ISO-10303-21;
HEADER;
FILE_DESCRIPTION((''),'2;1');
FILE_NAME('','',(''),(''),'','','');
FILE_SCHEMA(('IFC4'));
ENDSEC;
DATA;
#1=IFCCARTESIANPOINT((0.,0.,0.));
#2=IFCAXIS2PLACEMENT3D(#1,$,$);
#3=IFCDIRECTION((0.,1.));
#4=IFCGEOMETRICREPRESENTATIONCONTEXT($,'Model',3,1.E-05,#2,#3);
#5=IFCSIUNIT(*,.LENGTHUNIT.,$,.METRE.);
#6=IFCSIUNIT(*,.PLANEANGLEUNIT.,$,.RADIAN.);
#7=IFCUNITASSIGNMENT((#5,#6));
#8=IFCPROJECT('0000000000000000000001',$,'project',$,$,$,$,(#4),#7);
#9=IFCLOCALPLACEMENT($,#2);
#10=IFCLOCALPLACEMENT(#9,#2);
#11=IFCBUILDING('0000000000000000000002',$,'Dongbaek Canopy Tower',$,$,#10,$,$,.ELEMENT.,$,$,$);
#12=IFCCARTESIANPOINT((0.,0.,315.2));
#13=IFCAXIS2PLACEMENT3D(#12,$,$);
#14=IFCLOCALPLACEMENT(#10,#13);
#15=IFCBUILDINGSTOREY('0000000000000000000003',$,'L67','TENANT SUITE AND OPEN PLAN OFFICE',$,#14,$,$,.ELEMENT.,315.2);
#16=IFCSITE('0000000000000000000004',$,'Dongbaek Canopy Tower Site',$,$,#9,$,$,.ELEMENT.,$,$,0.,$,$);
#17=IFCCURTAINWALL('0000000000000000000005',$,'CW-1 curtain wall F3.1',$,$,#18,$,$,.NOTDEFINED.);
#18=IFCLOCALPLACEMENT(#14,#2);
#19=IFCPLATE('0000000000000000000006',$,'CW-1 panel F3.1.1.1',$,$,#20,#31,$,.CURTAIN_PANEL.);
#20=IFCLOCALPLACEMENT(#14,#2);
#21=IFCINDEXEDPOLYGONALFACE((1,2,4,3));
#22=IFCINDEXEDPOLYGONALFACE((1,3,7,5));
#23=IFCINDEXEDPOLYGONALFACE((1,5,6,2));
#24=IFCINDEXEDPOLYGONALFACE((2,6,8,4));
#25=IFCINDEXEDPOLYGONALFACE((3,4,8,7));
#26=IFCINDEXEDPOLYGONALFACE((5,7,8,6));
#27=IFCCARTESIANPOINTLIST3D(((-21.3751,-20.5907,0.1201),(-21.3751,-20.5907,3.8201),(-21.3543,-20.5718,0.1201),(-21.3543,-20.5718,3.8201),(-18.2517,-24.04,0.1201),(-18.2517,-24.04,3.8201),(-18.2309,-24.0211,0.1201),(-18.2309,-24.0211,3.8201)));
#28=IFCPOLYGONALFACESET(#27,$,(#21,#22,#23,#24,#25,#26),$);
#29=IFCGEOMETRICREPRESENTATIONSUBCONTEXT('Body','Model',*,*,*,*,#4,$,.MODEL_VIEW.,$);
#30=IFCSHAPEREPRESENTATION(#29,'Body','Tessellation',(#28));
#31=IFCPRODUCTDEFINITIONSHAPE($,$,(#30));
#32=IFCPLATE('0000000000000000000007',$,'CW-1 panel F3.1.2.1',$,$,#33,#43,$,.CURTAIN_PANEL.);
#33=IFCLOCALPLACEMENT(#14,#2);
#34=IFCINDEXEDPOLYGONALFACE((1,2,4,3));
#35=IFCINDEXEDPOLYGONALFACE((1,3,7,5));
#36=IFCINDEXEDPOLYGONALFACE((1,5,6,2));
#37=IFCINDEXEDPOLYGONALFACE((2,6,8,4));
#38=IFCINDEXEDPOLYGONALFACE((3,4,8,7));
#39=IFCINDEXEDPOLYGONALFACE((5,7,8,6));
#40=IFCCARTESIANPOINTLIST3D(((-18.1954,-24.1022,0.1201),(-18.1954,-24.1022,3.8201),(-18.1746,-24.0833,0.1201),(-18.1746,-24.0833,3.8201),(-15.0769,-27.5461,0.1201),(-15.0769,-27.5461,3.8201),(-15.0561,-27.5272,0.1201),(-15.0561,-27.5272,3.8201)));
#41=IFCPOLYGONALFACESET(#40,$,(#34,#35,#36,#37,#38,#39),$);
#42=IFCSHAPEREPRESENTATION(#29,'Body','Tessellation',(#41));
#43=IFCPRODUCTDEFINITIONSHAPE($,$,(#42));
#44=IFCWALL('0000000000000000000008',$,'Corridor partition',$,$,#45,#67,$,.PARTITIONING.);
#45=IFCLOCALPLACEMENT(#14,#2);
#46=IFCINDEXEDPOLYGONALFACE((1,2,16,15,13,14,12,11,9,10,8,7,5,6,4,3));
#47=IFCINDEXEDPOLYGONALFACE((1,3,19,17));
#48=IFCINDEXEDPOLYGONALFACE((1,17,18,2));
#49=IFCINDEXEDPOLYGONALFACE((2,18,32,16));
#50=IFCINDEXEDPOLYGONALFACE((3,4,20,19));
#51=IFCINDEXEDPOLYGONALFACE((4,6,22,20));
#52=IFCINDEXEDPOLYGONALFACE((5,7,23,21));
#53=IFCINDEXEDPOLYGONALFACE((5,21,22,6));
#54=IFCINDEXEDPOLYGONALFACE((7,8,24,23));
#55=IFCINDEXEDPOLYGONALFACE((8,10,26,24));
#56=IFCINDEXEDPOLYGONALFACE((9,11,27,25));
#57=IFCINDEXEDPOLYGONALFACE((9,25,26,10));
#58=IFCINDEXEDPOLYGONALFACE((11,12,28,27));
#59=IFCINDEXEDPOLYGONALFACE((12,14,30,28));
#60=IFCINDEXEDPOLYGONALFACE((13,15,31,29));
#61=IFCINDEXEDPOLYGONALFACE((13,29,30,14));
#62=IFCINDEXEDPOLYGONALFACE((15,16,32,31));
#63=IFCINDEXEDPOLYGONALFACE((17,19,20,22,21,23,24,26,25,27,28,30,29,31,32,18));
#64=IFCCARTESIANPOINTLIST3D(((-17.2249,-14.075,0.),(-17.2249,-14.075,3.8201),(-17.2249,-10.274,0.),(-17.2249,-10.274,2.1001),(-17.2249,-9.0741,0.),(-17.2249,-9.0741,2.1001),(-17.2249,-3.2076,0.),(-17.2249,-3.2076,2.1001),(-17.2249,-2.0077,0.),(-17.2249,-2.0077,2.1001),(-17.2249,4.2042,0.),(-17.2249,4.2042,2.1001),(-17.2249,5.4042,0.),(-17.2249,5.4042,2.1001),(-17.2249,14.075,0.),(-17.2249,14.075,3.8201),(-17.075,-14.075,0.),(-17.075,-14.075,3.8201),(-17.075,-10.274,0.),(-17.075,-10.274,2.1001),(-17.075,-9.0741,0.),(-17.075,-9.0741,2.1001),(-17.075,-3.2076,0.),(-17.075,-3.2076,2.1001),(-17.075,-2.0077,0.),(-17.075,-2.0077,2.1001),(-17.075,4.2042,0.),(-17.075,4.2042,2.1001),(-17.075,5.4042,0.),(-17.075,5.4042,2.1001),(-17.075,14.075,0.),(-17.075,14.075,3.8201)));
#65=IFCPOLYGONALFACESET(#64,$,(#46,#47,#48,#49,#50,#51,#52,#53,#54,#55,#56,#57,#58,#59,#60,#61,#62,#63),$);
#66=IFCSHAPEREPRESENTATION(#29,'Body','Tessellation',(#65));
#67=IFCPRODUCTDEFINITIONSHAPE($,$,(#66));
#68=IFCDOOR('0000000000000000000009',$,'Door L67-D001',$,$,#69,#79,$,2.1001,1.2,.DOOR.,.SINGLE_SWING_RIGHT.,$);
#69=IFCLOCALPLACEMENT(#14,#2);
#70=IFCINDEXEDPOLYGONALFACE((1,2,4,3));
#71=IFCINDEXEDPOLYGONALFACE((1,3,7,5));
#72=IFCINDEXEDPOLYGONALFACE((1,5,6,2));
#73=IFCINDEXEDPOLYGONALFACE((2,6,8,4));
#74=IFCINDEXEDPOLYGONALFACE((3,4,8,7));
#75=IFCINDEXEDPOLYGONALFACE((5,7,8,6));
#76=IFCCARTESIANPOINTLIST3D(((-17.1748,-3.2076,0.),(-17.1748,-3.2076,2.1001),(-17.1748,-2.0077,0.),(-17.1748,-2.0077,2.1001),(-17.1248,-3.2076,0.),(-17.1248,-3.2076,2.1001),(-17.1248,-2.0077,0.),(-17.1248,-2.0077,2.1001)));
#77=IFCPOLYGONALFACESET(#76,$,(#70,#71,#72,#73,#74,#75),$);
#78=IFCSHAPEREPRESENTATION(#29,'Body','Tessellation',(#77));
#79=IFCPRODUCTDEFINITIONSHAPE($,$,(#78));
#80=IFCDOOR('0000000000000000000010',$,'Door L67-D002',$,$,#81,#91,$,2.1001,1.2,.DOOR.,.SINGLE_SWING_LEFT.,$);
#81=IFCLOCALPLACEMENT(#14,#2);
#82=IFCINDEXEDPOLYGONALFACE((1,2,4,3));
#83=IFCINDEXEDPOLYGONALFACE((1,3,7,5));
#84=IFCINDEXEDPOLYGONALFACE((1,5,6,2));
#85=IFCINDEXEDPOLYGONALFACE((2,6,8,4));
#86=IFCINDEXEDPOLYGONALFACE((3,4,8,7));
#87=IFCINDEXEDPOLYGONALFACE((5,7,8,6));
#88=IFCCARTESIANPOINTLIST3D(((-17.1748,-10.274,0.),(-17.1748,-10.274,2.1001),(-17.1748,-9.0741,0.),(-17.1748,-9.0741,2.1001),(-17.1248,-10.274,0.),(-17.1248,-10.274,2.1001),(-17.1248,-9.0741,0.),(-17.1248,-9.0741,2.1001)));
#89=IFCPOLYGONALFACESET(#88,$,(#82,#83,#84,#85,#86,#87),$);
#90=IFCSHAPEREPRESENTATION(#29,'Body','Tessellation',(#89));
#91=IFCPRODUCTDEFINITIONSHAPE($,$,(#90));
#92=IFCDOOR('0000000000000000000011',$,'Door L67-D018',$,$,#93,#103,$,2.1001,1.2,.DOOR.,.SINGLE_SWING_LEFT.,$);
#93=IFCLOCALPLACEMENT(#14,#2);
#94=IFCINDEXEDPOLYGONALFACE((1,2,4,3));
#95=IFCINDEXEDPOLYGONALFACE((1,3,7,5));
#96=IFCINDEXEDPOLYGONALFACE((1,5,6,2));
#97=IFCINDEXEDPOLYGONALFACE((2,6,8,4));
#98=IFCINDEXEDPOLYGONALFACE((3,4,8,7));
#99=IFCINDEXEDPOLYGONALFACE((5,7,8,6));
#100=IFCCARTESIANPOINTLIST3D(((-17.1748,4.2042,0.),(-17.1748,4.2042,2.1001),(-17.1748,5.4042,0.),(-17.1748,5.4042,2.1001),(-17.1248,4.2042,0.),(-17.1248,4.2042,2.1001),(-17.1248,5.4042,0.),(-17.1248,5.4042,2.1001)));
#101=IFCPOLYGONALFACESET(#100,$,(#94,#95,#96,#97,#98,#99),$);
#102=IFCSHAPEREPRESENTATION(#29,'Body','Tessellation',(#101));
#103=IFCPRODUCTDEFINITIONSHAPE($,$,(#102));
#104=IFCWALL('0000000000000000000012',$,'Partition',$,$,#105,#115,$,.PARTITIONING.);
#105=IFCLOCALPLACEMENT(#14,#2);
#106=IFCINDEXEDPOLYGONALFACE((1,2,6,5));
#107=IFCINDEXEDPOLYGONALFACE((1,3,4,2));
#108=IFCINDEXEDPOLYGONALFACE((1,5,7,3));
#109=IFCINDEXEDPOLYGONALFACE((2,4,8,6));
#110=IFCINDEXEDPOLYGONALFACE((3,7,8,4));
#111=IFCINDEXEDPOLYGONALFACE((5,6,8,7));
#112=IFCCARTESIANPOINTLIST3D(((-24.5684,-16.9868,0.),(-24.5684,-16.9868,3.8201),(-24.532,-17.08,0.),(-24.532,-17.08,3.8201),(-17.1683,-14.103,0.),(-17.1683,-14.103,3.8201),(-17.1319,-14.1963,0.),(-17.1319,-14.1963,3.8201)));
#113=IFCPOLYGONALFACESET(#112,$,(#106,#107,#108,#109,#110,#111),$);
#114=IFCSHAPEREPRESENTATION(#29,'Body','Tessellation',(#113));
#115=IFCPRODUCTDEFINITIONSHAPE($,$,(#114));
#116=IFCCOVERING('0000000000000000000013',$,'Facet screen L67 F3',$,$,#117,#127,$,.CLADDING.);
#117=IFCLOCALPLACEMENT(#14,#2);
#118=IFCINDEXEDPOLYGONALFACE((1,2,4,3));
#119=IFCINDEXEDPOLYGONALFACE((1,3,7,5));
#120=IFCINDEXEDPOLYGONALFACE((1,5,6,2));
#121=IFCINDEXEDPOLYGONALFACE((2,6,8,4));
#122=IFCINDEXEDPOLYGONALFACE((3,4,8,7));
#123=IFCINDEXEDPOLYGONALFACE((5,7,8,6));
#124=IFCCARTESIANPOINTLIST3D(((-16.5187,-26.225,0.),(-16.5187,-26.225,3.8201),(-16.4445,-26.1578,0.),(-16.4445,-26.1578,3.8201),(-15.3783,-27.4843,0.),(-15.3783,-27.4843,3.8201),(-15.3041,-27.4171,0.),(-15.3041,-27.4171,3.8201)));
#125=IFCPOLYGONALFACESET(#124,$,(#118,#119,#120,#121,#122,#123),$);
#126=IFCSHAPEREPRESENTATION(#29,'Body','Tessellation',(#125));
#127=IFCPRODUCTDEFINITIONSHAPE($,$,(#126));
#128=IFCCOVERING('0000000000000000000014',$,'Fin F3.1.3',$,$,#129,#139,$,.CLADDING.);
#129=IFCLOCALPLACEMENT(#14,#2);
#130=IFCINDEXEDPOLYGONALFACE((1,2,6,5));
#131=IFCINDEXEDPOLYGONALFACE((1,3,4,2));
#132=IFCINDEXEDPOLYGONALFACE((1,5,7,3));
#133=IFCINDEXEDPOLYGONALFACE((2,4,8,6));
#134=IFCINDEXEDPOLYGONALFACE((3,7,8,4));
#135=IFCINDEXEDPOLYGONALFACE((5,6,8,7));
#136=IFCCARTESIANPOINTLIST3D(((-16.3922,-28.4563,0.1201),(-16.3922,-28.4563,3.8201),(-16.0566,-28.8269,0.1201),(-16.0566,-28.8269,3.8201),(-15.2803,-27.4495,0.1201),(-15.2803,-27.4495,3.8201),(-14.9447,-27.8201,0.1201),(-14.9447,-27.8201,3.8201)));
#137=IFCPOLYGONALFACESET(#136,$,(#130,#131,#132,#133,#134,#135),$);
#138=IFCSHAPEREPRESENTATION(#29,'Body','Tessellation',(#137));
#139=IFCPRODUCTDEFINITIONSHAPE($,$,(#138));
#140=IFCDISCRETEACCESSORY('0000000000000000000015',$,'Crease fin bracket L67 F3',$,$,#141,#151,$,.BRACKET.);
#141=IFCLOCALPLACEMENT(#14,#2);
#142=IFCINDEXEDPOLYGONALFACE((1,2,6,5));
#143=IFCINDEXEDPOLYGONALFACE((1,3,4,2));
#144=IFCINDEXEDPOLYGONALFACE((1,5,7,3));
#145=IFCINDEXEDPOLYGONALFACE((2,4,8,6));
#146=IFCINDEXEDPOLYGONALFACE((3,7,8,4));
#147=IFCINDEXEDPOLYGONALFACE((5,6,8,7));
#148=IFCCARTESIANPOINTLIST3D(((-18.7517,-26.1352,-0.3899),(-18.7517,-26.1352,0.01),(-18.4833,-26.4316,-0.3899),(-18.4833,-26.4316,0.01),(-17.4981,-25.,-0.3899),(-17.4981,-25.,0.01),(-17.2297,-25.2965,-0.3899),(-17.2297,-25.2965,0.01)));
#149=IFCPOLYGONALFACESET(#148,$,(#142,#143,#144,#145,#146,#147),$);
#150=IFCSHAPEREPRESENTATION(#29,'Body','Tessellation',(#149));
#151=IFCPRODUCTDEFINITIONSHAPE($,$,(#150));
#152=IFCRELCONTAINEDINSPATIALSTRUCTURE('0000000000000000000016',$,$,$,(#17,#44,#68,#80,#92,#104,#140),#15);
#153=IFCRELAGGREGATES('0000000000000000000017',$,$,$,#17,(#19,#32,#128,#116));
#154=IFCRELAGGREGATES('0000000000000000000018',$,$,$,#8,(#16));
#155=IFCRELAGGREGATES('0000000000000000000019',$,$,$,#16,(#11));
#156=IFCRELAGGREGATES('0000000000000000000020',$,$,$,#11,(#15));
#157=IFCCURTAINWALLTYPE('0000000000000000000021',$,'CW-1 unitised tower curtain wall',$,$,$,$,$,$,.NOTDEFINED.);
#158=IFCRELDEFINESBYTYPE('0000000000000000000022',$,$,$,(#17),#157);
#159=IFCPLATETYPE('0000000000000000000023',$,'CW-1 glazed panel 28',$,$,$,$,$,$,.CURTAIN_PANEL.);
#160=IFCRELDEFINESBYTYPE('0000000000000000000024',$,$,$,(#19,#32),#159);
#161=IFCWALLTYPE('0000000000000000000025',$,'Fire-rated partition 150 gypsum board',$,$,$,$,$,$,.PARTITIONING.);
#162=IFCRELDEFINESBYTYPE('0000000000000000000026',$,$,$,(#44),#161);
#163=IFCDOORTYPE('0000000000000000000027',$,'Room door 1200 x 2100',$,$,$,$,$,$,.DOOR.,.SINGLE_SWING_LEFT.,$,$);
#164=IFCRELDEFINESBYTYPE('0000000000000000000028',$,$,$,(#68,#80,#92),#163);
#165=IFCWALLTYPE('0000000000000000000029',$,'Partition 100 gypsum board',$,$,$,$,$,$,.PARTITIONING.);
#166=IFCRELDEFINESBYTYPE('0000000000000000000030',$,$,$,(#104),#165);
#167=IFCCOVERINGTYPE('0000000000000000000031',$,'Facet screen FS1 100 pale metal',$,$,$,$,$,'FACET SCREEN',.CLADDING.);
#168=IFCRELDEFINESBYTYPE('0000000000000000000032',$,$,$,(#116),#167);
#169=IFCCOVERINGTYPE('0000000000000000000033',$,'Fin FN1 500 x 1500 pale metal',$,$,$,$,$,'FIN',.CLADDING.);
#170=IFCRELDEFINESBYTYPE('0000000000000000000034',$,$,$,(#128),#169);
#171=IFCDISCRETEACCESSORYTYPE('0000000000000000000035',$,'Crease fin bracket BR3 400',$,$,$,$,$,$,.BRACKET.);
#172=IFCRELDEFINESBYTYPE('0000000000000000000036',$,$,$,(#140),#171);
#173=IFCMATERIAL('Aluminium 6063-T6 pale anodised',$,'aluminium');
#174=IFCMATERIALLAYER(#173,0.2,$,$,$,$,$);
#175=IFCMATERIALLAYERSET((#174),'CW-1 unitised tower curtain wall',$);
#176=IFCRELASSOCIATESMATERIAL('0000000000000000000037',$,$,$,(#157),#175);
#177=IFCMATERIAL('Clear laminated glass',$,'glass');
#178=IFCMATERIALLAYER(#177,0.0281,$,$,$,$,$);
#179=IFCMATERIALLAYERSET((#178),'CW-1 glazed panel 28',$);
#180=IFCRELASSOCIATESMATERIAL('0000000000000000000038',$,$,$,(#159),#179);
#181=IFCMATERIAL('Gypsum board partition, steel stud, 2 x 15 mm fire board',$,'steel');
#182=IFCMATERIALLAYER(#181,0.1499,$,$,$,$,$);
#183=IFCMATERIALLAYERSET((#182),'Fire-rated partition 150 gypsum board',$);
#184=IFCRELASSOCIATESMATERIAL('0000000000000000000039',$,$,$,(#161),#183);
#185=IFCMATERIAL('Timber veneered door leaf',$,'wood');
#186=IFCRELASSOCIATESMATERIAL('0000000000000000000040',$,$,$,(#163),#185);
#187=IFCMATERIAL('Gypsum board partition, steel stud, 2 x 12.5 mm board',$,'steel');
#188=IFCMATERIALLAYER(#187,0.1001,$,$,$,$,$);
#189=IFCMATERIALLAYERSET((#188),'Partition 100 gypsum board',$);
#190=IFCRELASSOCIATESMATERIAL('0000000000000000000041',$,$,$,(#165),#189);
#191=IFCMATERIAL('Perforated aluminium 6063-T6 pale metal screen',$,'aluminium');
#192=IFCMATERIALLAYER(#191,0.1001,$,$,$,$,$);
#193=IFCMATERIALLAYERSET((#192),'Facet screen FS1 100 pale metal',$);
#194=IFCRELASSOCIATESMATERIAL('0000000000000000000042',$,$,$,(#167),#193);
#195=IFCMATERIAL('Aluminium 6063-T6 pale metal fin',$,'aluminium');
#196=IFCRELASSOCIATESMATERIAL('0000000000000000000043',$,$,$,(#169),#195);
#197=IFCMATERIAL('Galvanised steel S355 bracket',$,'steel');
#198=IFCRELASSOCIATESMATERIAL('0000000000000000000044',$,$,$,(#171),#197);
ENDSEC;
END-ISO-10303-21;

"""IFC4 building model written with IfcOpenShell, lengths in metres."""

from ifc_helpers import new_model, si_unit, direction, frame, frame_2d, origin, origin_2d, place, context, subcontext, project, spatial, rectangle, extrude, material, layer, layer_set, material_profile, profile_set, type_object, element, fill, aggregate, save


model = new_model("IFC4")

# Units and contexts
model_context = context("Model", 3, precision=1e-05, world=origin(), true_north=direction((0.0, 1.0)))
body_context = subcontext(model_context, "Body", "Model", "MODEL_VIEW")
ifc_project = project(units=[si_unit("LENGTHUNIT", "METRE"), si_unit("PLANEANGLEUNIT", "RADIAN")], contexts=[model_context])

# Site, building, storey
site_placement = place(None, origin())
site = spatial("IfcSite", under=ifc_project, at=site_placement, Name="Dongbaek Canopy Tower Site", CompositionType="ELEMENT", RefElevation=0.0)
building_placement = place(site_placement, origin())
building = spatial("IfcBuilding", under=site, at=building_placement, Name="Dongbaek Canopy Tower", CompositionType="ELEMENT")
storey_placement = place(building_placement, frame((0.0, 0.0, 315.2)))
storey = spatial("IfcBuildingStorey", under=building, at=storey_placement, Name="L67", Description="TENANT SUITE AND OPEN PLAN OFFICE", CompositionType="ELEMENT", Elevation=315.2)

# Curtain wall
ifc_material_1 = material(Name="Aluminium 6063-T6 pale anodised", Category="aluminium")
ifc_layer_1 = layer(ifc_material_1, 0.2)
ifc_layer_set_1 = layer_set([ifc_layer_1], Name="CW-1 unitised tower curtain wall")
curtain_wall_type = type_object("IfcCurtainWallType", Name="CW-1 unitised tower curtain wall", PredefinedType="NOTDEFINED", material=ifc_layer_set_1)
curtain_wall_placement = place(storey_placement, origin())
curtain_wall = element("IfcCurtainWall", 1, at=curtain_wall_placement, inside=storey, type_object=curtain_wall_type, Name="CW-1 curtain wall F3.1", PredefinedType="NOTDEFINED")

# Plates
ifc_material_2 = material(Name="Clear laminated glass", Category="glass")
ifc_layer_2 = layer(ifc_material_2, 0.0281)
ifc_layer_set_2 = layer_set([ifc_layer_2], Name="CW-1 glazed panel 28")
plate_type = type_object("IfcPlateType", Name="CW-1 glazed panel 28", PredefinedType="CURTAIN_PANEL", material=ifc_layer_set_2)
plate_1_placement = place(storey_placement, frame((-19.803, -22.3059, 0.1201), z_axis=(0.0, 0.0, 1.0), x_axis=(0.671225, -0.741254, 0.0)))
plate_1 = element("IfcPlate", 2, at=plate_1_placement, type_object=plate_type, Name="CW-1 panel F3.1.1.1", PredefinedType="CURTAIN_PANEL", context=body_context, shape_type="SweptSolid", body=[
    extrude(rectangle(XDim=4.6533, YDim=0.0281, at=origin_2d()), origin(), (0.0, 0.0, 1.0), 3.7),
])
plate_2_placement = place(storey_placement, frame((-16.6257, -25.8147, 0.1201), z_axis=(0.0, 0.0, 1.0), x_axis=(0.671225, -0.741254, 0.0)))
plate_2 = element("IfcPlate", 3, at=plate_2_placement, type_object=plate_type, Name="CW-1 panel F3.1.2.1", PredefinedType="CURTAIN_PANEL", context=body_context, shape_type="SweptSolid", body=[
    extrude(rectangle(XDim=4.646, YDim=0.0281, at=origin_2d()), origin(), (0.0, 0.0, 1.0), 3.7),
])

# Wall, openings, doors
ifc_material_3 = material(Name="Gypsum board partition, steel stud, 2 x 15 mm fire board", Category="steel")
ifc_layer_3 = layer(ifc_material_3, 0.1499)
ifc_layer_set_3 = layer_set([ifc_layer_3], Name="Fire-rated partition 150 gypsum board")
wall_type_1 = type_object("IfcWallType", Name="Fire-rated partition 150 gypsum board", PredefinedType="PARTITIONING", material=ifc_layer_set_3)
wall_1_placement = place(storey_placement, frame((-17.1499, -14.075, 0.0), z_axis=(0.0, 0.0, 1.0), x_axis=(0.0, 1.0, 0.0)))
wall_1 = element("IfcWall", 4, at=wall_1_placement, inside=storey, type_object=wall_type_1, Name="Corridor partition", PredefinedType="PARTITIONING", context=body_context, shape_type="SweptSolid", body=[
    extrude(rectangle(XDim=28.1499, YDim=0.1499, at=frame_2d((14.075, 0.0))), origin(), (0.0, 0.0, 1.0), 3.8201),
])
opening_1_placement = place(wall_1_placement, frame((10.8672, 0.0, 0.0)))
opening_1 = element("IfcOpeningElement", 5, at=opening_1_placement, cuts=wall_1, PredefinedType="OPENING", context=body_context, shape_type="SweptSolid", body=[
    extrude(rectangle(XDim=1.2, YDim=2.1001, at=frame_2d((0.6001, 1.05))), frame((0.0, 0.085, 0.0), z_axis=(0.0, -1.0, 0.0), x_axis=(1.0, 0.0, 0.0)), (0.0, 0.0, 1.0), 0.1699),
])
opening_2_placement = place(wall_1_placement, frame((3.8008, 0.0, 0.0)))
opening_2 = element("IfcOpeningElement", 6, at=opening_2_placement, cuts=wall_1, PredefinedType="OPENING", context=body_context, shape_type="SweptSolid", body=[
    extrude(rectangle(XDim=1.2, YDim=2.1001, at=frame_2d((0.6001, 1.05))), frame((0.0, 0.085, 0.0), z_axis=(0.0, -1.0, 0.0), x_axis=(1.0, 0.0, 0.0)), (0.0, 0.0, 1.0), 0.1699),
])
opening_3_placement = place(wall_1_placement, frame((18.2791, 0.0, 0.0)))
opening_3 = element("IfcOpeningElement", 7, at=opening_3_placement, cuts=wall_1, PredefinedType="OPENING", context=body_context, shape_type="SweptSolid", body=[
    extrude(rectangle(XDim=1.2, YDim=2.1001, at=frame_2d((0.6001, 1.05))), frame((0.0, 0.085, 0.0), z_axis=(0.0, -1.0, 0.0), x_axis=(1.0, 0.0, 0.0)), (0.0, 0.0, 1.0), 0.1699),
])
ifc_material_4 = material(Name="Timber veneered door leaf", Category="wood")
door_type = type_object("IfcDoorType", Name="Room door 1200 x 2100", OperationType="SINGLE_SWING_LEFT", PredefinedType="DOOR", material=ifc_material_4)
door_1_placement = place(opening_1_placement, origin())
door_1 = element("IfcDoor", 8, at=door_1_placement, inside=storey, type_object=door_type, Name="Door L67-D001", OperationType="SINGLE_SWING_RIGHT", OverallHeight=2.1001, OverallWidth=1.2, PredefinedType="DOOR", context=body_context, shape_type="SweptSolid", body=[
    extrude(rectangle(XDim=1.2, YDim=2.1001, at=frame_2d((0.6001, 1.05))), frame((0.0, 0.0249, 0.0), z_axis=(0.0, -1.0, 0.0), x_axis=(1.0, 0.0, 0.0)), (0.0, 0.0, 1.0), 0.05),
])
fill(opening_1, door_1)
door_2_placement = place(opening_2_placement, origin())
door_2 = element("IfcDoor", 9, at=door_2_placement, inside=storey, type_object=door_type, Name="Door L67-D002", OperationType="SINGLE_SWING_LEFT", OverallHeight=2.1001, OverallWidth=1.2, PredefinedType="DOOR", context=body_context, shape_type="SweptSolid", body=[
    extrude(rectangle(XDim=1.2, YDim=2.1001, at=frame_2d((0.6001, 1.05))), frame((0.0, 0.0249, 0.0), z_axis=(0.0, -1.0, 0.0), x_axis=(1.0, 0.0, 0.0)), (0.0, 0.0, 1.0), 0.05),
])
fill(opening_2, door_2)
door_3_placement = place(opening_3_placement, origin())
door_3 = element("IfcDoor", 10, at=door_3_placement, inside=storey, type_object=door_type, Name="Door L67-D018", OperationType="SINGLE_SWING_LEFT", OverallHeight=2.1001, OverallWidth=1.2, PredefinedType="DOOR", context=body_context, shape_type="SweptSolid", body=[
    extrude(rectangle(XDim=1.2, YDim=2.1001, at=frame_2d((0.6001, 1.05))), frame((0.0, 0.0249, 0.0), z_axis=(0.0, -1.0, 0.0), x_axis=(1.0, 0.0, 0.0)), (0.0, 0.0, 1.0), 0.05),
])
fill(opening_3, door_3)

# Wall
ifc_material_5 = material(Name="Gypsum board partition, steel stud, 2 x 12.5 mm board", Category="steel")
ifc_layer_4 = layer(ifc_material_5, 0.1001)
ifc_layer_set_4 = layer_set([ifc_layer_4], Name="Partition 100 gypsum board")
wall_type_2 = type_object("IfcWallType", Name="Partition 100 gypsum board", PredefinedType="PARTITIONING", material=ifc_layer_set_4)
wall_2_placement = place(storey_placement, frame((-24.5503, -17.0334, 0.0), z_axis=(0.0, 0.0, 1.0), x_axis=(0.931751, 0.363097, 0.0)))
element("IfcWall", 11, at=wall_2_placement, inside=storey, type_object=wall_type_2, Name="Partition", PredefinedType="PARTITIONING", context=body_context, shape_type="SweptSolid", body=[
    extrude(rectangle(XDim=7.9421, YDim=0.1001, at=frame_2d((3.9712, 0.0))), origin(), (0.0, 0.0, 1.0), 3.8201),
])

# Coverings
ifc_material_6 = material(Name="Perforated aluminium 6063-T6 pale metal screen", Category="aluminium")
ifc_layer_5 = layer(ifc_material_6, 0.1001)
ifc_layer_set_5 = layer_set([ifc_layer_5], Name="Facet screen FS1 100 pale metal")
covering_type_1 = type_object("IfcCoveringType", Name="Facet screen FS1 100 pale metal", ElementType="FACET SCREEN", PredefinedType="CLADDING", material=ifc_layer_set_5)
covering_1_placement = place(storey_placement, frame((-15.9114, -26.821, 0.0), z_axis=(0.0, 0.0, 1.0), x_axis=(0.671224, -0.741255, 0.0)))
covering_1 = element("IfcCovering", 12, at=covering_1_placement, type_object=covering_type_1, Name="Facet screen L67 F3", PredefinedType="CLADDING", context=body_context, shape_type="SweptSolid", body=[
    extrude(rectangle(XDim=1.699, YDim=0.1001, at=origin_2d()), origin(), (0.0, 0.0, 1.0), 3.8201),
])
ifc_material_7 = material(Name="Aluminium 6063-T6 pale metal fin", Category="aluminium")
ifc_material_profile_1 = material_profile(ifc_material_7, rectangle(XDim=1.5, YDim=0.5, at=origin_2d()), Name="Fin FN1 500 x 1500 pale metal")
ifc_profile_set_1 = profile_set([ifc_material_profile_1], Name="Aluminium 6063-T6 pale metal fin")
covering_type_2 = type_object("IfcCoveringType", Name="Fin FN1 500 x 1500 pale metal", ElementType="FIN", PredefinedType="CLADDING", material=ifc_profile_set_1)
covering_2_placement = place(storey_placement, frame((-15.6685, -28.1382, 0.1201), z_axis=(0.0, 0.0, 1.0), x_axis=(-0.741254, -0.671225, 0.0)))
covering_2 = element("IfcCovering", 13, at=covering_2_placement, type_object=covering_type_2, Name="Fin F3.1.3", PredefinedType="CLADDING", context=body_context, shape_type="SweptSolid", body=[
    extrude(rectangle(XDim=1.5, YDim=0.5, at=origin_2d()), origin(), (0.0, 0.0, 1.0), 3.7),
])
aggregate(curtain_wall, [plate_1, plate_2, covering_2, covering_1])

# Discrete accessory
ifc_material_8 = material(Name="Galvanised steel S355 bracket", Category="steel")
discrete_accessory_type = type_object("IfcDiscreteAccessoryType", Name="Crease fin bracket BR3 400", PredefinedType="BRACKET", material=ifc_material_8)
discrete_accessory_placement = place(storey_placement, frame((-17.9907, -25.7158, -0.3899), z_axis=(0.0, 0.0, 1.0), x_axis=(-0.741255, -0.671224, 0.0)))
element("IfcDiscreteAccessory", 14, at=discrete_accessory_placement, inside=storey, type_object=discrete_accessory_type, Name="Crease fin bracket L67 F3", PredefinedType="BRACKET", context=body_context, shape_type="SweptSolid", body=[
    extrude(rectangle(XDim=1.6912, YDim=0.3999, at=origin_2d()), origin(), (0.0, 0.0, 1.0), 0.3999),
])

save(model, "model.ifc")
